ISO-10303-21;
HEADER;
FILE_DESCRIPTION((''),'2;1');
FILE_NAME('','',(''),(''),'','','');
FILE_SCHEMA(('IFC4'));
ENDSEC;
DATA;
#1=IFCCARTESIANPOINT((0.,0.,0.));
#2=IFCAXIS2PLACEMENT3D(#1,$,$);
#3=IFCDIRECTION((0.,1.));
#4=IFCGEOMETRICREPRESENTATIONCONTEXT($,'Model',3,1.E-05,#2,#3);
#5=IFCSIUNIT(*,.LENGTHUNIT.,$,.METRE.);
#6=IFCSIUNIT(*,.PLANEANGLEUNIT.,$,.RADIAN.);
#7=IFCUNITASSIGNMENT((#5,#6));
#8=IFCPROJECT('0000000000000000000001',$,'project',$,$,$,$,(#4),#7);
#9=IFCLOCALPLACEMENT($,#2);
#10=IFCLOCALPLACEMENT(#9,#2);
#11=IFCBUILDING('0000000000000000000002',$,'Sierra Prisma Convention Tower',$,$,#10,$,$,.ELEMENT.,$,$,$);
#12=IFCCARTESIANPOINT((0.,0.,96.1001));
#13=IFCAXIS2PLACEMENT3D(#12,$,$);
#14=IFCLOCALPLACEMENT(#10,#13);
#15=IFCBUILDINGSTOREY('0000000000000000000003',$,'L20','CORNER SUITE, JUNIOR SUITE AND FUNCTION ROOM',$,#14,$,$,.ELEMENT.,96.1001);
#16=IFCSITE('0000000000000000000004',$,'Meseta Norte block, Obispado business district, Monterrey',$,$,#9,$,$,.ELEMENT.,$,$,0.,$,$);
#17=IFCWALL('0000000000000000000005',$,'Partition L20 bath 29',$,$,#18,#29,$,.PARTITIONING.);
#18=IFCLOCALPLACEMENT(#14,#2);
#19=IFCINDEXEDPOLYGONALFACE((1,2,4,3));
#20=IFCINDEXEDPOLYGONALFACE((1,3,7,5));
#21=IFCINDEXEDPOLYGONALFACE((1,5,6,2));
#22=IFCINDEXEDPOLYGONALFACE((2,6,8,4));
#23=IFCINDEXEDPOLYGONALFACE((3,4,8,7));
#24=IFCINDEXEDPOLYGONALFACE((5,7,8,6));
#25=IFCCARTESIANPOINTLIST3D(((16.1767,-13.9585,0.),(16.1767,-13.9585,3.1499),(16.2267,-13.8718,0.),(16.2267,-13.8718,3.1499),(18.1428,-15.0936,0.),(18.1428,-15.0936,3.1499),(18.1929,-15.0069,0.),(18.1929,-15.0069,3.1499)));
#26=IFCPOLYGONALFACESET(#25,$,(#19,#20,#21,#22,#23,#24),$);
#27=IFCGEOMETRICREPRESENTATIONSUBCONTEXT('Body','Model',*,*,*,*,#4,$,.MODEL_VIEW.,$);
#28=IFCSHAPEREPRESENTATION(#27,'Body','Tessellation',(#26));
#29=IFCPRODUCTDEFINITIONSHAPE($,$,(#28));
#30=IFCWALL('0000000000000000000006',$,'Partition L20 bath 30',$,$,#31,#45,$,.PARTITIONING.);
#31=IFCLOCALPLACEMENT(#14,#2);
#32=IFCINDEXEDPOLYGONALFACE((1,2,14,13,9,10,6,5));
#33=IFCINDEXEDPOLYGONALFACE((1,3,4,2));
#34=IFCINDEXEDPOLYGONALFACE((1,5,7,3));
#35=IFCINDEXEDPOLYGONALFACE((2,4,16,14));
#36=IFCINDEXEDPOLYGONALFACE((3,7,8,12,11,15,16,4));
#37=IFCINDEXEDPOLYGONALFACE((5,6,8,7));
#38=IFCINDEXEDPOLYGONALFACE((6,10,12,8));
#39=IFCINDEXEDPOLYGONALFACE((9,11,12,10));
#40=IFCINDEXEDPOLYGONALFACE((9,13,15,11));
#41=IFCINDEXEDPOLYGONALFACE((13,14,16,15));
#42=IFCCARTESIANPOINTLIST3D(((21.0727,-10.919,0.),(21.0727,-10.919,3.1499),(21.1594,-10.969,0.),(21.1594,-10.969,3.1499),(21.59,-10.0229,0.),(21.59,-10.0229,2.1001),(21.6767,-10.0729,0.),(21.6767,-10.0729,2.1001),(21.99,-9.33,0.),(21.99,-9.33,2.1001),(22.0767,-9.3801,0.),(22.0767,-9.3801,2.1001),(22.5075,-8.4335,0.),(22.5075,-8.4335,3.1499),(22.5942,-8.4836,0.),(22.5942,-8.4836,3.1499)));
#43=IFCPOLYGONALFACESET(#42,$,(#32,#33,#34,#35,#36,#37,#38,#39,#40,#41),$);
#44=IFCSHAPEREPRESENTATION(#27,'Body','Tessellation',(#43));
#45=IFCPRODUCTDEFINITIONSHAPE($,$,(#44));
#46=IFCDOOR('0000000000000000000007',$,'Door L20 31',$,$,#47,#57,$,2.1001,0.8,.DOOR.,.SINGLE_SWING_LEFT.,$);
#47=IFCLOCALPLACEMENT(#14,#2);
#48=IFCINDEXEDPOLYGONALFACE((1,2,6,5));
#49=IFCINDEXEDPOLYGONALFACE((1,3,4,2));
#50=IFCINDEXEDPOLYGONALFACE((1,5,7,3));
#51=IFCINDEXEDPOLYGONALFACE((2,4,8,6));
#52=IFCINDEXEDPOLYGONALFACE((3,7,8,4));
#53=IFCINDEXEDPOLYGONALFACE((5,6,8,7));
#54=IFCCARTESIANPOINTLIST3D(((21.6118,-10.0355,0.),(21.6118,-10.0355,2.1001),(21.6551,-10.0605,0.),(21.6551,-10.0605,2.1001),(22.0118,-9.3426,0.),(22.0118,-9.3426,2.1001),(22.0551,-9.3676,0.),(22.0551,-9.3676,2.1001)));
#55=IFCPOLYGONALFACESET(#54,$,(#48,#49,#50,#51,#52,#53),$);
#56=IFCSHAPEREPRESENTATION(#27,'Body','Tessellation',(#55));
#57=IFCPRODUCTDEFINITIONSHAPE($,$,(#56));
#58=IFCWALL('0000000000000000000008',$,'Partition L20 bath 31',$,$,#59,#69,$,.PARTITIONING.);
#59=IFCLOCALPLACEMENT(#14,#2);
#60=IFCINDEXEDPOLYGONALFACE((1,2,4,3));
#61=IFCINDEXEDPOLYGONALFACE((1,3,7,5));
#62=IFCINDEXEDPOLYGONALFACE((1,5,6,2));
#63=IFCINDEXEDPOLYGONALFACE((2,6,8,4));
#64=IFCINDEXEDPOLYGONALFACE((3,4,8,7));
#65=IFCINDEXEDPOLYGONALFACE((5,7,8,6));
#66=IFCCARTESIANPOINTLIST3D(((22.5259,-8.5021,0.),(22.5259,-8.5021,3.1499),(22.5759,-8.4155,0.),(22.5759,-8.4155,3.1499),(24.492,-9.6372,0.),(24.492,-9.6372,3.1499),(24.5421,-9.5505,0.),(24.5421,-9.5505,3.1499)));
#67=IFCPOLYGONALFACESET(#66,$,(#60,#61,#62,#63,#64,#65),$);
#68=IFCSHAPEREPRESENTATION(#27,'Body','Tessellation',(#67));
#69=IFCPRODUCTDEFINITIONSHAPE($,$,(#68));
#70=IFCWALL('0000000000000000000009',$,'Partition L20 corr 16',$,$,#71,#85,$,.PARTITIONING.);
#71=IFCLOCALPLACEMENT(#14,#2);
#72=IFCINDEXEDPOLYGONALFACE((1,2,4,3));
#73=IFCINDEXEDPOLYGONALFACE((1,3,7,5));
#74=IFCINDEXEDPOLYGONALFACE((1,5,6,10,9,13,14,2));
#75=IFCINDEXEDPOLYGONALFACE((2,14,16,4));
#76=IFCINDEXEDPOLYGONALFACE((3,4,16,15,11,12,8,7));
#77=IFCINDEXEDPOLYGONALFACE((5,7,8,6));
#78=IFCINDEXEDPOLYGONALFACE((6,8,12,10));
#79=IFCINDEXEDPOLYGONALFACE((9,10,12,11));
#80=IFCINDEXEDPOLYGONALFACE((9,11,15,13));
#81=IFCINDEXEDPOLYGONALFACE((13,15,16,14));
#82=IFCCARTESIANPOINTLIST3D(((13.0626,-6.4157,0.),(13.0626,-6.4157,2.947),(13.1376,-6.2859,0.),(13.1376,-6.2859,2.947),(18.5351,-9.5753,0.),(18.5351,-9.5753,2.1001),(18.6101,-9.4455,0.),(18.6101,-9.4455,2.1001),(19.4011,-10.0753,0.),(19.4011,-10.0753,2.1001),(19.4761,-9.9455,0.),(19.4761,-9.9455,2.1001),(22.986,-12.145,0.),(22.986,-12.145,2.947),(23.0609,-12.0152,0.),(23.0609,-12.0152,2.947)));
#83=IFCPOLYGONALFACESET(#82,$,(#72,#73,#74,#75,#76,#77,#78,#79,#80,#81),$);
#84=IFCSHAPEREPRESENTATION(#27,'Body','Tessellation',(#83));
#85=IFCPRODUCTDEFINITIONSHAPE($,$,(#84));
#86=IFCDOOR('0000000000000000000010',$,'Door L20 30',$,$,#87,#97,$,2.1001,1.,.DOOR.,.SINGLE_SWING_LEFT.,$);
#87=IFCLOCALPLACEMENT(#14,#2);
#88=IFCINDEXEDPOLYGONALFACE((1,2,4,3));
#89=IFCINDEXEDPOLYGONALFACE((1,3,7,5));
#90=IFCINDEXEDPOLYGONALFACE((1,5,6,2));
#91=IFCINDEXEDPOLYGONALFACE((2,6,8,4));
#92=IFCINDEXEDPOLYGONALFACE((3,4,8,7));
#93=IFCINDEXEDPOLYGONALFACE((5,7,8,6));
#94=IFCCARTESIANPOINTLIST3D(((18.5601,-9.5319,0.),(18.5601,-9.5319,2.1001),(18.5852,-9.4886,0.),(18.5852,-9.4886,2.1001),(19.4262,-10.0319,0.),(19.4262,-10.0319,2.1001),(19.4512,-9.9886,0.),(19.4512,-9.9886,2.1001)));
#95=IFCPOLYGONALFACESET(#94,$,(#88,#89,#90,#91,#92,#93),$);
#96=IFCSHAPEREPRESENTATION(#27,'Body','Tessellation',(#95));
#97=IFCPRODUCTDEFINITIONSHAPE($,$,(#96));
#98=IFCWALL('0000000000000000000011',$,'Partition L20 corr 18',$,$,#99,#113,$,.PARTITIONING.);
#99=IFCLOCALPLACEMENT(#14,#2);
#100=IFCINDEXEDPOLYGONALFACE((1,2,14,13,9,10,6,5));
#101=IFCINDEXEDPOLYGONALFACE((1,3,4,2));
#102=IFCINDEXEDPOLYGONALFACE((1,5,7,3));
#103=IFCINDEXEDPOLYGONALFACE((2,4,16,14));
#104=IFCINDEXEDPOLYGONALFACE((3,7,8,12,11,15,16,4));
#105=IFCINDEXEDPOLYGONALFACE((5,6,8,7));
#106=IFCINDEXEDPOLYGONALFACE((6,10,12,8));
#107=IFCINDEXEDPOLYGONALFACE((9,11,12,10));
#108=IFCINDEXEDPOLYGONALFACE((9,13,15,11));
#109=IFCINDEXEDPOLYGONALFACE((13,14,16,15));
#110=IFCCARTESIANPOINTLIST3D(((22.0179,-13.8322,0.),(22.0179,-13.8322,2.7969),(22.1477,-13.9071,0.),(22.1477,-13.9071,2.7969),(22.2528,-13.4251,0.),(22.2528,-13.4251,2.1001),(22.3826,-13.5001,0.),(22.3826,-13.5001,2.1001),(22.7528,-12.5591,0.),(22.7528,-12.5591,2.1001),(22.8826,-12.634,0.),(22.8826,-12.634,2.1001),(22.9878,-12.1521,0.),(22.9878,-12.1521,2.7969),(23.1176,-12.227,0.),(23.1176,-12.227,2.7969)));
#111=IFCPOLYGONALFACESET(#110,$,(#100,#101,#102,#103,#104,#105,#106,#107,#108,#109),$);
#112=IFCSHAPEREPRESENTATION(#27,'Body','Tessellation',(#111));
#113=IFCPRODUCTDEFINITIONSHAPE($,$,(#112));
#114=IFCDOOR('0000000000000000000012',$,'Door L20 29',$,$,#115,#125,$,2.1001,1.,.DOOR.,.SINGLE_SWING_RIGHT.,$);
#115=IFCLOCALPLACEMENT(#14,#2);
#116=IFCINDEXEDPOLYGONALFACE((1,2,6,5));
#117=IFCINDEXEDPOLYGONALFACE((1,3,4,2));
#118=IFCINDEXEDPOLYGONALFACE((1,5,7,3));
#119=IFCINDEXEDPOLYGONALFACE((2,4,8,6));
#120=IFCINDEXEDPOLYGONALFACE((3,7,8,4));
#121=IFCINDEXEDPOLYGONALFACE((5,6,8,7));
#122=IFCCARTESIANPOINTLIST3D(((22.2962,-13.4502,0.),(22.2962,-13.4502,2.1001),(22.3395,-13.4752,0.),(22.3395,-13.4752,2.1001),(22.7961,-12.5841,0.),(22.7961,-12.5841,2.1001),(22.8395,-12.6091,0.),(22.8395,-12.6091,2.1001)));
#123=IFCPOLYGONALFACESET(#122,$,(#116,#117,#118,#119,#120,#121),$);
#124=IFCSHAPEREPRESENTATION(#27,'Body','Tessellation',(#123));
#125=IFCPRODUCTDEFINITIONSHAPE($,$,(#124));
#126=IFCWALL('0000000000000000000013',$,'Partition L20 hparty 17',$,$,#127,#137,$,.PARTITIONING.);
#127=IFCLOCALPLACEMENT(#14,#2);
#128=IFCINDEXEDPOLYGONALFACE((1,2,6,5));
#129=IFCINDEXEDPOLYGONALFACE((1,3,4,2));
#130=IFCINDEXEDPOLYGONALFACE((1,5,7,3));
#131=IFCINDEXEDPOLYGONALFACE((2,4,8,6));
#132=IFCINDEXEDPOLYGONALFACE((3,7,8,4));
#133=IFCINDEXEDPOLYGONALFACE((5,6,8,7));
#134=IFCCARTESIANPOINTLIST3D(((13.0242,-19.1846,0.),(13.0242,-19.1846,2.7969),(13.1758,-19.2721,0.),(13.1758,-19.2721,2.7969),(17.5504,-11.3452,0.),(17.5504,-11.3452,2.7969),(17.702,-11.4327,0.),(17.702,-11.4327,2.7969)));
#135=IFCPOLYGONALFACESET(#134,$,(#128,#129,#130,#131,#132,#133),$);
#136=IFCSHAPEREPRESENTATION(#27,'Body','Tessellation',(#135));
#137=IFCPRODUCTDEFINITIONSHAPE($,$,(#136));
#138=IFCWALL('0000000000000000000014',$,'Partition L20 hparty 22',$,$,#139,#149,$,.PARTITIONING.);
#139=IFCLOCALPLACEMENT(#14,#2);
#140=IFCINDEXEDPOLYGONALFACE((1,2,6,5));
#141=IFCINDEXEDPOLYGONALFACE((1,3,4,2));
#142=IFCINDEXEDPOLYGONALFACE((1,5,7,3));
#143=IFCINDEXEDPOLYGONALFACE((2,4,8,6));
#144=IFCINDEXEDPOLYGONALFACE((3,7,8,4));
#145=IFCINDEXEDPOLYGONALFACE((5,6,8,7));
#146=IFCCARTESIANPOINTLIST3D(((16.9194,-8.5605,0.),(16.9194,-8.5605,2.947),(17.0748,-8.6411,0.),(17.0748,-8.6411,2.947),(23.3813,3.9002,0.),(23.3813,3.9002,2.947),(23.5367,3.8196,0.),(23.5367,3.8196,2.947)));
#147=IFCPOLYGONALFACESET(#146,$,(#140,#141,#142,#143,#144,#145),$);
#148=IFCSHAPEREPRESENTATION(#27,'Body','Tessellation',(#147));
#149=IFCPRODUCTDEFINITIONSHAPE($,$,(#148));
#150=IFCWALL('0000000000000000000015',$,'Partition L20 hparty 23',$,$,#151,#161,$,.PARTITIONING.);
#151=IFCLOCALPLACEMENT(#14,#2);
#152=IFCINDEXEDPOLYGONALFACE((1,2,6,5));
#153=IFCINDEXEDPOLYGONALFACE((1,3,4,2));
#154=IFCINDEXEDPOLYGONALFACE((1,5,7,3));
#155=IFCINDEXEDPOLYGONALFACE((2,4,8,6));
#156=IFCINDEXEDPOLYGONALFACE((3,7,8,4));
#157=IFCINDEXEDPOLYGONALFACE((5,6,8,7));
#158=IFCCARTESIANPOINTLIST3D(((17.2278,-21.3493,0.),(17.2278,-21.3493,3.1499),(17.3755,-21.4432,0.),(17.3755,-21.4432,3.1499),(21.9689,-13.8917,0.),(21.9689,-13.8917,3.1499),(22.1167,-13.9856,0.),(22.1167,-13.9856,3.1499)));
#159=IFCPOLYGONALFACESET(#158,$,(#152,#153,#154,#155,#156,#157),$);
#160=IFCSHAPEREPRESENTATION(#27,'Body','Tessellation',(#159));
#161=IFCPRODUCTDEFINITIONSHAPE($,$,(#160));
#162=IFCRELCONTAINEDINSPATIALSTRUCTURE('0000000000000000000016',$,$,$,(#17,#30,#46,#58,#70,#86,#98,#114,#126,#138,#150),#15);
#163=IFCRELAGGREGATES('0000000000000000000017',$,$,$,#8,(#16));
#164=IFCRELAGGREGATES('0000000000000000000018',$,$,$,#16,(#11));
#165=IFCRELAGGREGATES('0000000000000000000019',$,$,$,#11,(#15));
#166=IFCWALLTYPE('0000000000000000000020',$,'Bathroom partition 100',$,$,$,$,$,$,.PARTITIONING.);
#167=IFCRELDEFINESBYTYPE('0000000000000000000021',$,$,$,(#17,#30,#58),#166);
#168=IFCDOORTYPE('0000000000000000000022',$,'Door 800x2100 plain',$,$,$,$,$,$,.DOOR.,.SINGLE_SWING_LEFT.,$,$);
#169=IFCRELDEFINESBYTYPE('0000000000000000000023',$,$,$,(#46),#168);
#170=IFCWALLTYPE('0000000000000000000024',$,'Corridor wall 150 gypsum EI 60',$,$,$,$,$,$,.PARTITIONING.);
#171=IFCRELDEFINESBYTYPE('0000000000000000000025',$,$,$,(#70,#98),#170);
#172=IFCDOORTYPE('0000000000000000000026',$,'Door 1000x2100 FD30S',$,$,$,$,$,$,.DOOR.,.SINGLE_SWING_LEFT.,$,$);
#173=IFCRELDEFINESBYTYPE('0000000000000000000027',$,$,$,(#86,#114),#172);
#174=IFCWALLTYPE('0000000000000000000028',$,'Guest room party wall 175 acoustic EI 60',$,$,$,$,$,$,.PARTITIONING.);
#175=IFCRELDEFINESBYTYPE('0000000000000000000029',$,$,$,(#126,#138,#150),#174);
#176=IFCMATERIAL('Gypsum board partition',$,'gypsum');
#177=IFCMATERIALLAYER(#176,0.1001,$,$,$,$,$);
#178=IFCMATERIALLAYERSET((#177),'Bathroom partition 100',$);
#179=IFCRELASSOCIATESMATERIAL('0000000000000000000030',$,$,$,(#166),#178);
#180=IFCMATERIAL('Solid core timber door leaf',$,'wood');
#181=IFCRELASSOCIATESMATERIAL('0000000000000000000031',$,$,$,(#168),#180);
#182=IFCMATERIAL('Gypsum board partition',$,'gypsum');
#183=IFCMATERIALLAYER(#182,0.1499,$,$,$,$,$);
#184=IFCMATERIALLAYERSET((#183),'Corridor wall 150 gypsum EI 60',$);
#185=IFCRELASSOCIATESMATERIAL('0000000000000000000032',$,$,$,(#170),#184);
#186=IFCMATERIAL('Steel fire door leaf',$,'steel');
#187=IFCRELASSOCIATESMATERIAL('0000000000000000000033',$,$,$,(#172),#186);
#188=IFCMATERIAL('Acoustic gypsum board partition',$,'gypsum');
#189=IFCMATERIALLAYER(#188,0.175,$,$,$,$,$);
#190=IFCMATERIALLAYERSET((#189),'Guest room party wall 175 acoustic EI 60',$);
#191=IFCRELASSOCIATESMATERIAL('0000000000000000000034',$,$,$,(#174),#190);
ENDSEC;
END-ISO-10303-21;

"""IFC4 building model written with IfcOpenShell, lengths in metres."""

from ifc_helpers import new_model, si_unit, direction, frame, frame_2d, origin, place, context, subcontext, project, spatial, rectangle, extrude, material, layer, layer_set, type_object, element, fill, save


model = new_model("IFC4")

# Units and contexts
model_context = context("Model", 3, precision=1e-05, world=origin(), true_north=direction((0.0, 1.0)))
body_context = subcontext(model_context, "Body", "Model", "MODEL_VIEW")
ifc_project = project(units=[si_unit("LENGTHUNIT", "METRE"), si_unit("PLANEANGLEUNIT", "RADIAN")], contexts=[model_context])

# Site, building, storey
site_placement = place(None, origin())
site = spatial("IfcSite", under=ifc_project, at=site_placement, Name="Meseta Norte block, Obispado business district, Monterrey", CompositionType="ELEMENT", RefElevation=0.0)
building_placement = place(site_placement, origin())
building = spatial("IfcBuilding", under=site, at=building_placement, Name="Sierra Prisma Convention Tower", CompositionType="ELEMENT")
storey_placement = place(building_placement, frame((0.0, 0.0, 96.1001)))
storey = spatial("IfcBuildingStorey", under=building, at=storey_placement, Name="L20", Description="CORNER SUITE, JUNIOR SUITE AND FUNCTION ROOM", CompositionType="ELEMENT", Elevation=96.1001)

# Shared definitions
ifc_material_1 = material(Name="Gypsum board partition", Category="gypsum")
ifc_layer_1 = layer(ifc_material_1, 0.1001)
ifc_layer_set_1 = layer_set([ifc_layer_1], Name="Bathroom partition 100")
wall_type_1 = type_object("IfcWallType", Name="Bathroom partition 100", PredefinedType="PARTITIONING", material=ifc_layer_set_1)
ifc_material_2 = material(Name="Solid core timber door leaf", Category="wood")
door_type_1 = type_object("IfcDoorType", Name="Door 800x2100 plain", OperationType="SINGLE_SWING_LEFT", PredefinedType="DOOR", material=ifc_material_2)

# Wall
wall_1_placement = place(storey_placement, frame((18.168, -15.0503, 0.0), z_axis=(0.0, 0.0, 1.0), x_axis=(-0.866044, 0.499968, 0.0)))
element("IfcWall", 1, at=wall_1_placement, inside=storey, type_object=wall_type_1, Name="Partition L20 bath 29", PredefinedType="PARTITIONING", context=body_context, shape_type="SweptSolid", body=[
    extrude(rectangle(XDim=2.2703, YDim=0.1001, at=frame_2d((1.1353, 0.0))), origin(), (0.0, 0.0, 1.0), 3.1499),
])

# Wall, opening, door
wall_2_placement = place(storey_placement, frame((21.116, -10.9441, 0.0), z_axis=(0.0, 0.0, 1.0), x_axis=(0.499973, 0.866041, 0.0)))
wall_2 = element("IfcWall", 2, at=wall_2_placement, inside=storey, type_object=wall_type_1, Name="Partition L20 bath 30", PredefinedType="PARTITIONING", context=body_context, shape_type="SweptSolid", body=[
    extrude(rectangle(XDim=2.8699, YDim=0.1001, at=frame_2d((1.4351, 0.0))), origin(), (0.0, 0.0, 1.0), 3.1499),
])
opening_1_placement = place(wall_2_placement, frame((1.0349, 0.0, 0.0)))
opening_1 = element("IfcOpeningElement", 3, at=opening_1_placement, cuts=wall_2, PredefinedType="OPENING", context=body_context, shape_type="SweptSolid", body=[
    extrude(rectangle(XDim=0.8, YDim=2.1001, at=frame_2d((0.3999, 1.05))), frame((0.0, 0.05, 0.0), z_axis=(0.0, -1.0, 0.0), x_axis=(1.0, 0.0, 0.0)), (0.0, 0.0, 1.0), 0.1001),
])
door_1_placement = place(opening_1_placement, origin())
door_1 = element("IfcDoor", 4, at=door_1_placement, inside=storey, type_object=door_type_1, Name="Door L20 31", OperationType="SINGLE_SWING_LEFT", OverallHeight=2.1001, OverallWidth=0.8, PredefinedType="DOOR", context=body_context, shape_type="SweptSolid", body=[
    extrude(rectangle(XDim=0.8, YDim=2.1001, at=frame_2d((0.3999, 1.05))), frame((0.0, 0.0249, 0.0), z_axis=(0.0, -1.0, 0.0), x_axis=(1.0, 0.0, 0.0)), (0.0, 0.0, 1.0), 0.05),
])
fill(opening_1, door_1)

# Wall
wall_3_placement = place(storey_placement, frame((22.5508, -8.4587, 0.0), z_axis=(0.0, 0.0, 1.0), x_axis=(0.866044, -0.499968, 0.0)))
element("IfcWall", 5, at=wall_3_placement, inside=storey, type_object=wall_type_1, Name="Partition L20 bath 31", PredefinedType="PARTITIONING", context=body_context, shape_type="SweptSolid", body=[
    extrude(rectangle(XDim=2.2703, YDim=0.1001, at=frame_2d((1.1353, 0.0))), origin(), (0.0, 0.0, 1.0), 3.1499),
])

# Walls, openings, doors
ifc_material_3 = material(Name="Gypsum board partition", Category="gypsum")
ifc_layer_2 = layer(ifc_material_3, 0.1499)
ifc_layer_set_2 = layer_set([ifc_layer_2], Name="Corridor wall 150 gypsum EI 60")
wall_type_2 = type_object("IfcWallType", Name="Corridor wall 150 gypsum EI 60", PredefinedType="PARTITIONING", material=ifc_layer_set_2)
wall_4_placement = place(storey_placement, frame((23.0234, -12.0801, 0.0), z_axis=(0.0, 0.0, 1.0), x_axis=(-0.866025, 0.5, 0.0)))
wall_4 = element("IfcWall", 6, at=wall_4_placement, inside=storey, type_object=wall_type_2, Name="Partition L20 corr 16", PredefinedType="PARTITIONING", context=body_context, shape_type="SweptSolid", body=[
    extrude(rectangle(XDim=11.4585, YDim=0.1499, at=frame_2d((5.7292, 0.0))), origin(), (0.0, 0.0, 1.0), 2.947),
])
opening_2_placement = place(wall_4_placement, frame((4.1394, 0.0, 0.0)))
opening_2 = element("IfcOpeningElement", 7, at=opening_2_placement, cuts=wall_4, PredefinedType="OPENING", context=body_context, shape_type="SweptSolid", body=[
    extrude(rectangle(XDim=1.0, YDim=2.1001, at=frame_2d((0.5, 1.05))), frame((0.0, 0.075, 0.0), z_axis=(0.0, -1.0, 0.0), x_axis=(1.0, 0.0, 0.0)), (0.0, 0.0, 1.0), 0.1499),
])
ifc_material_4 = material(Name="Steel fire door leaf", Category="steel")
door_type_2 = type_object("IfcDoorType", Name="Door 1000x2100 FD30S", OperationType="SINGLE_SWING_LEFT", PredefinedType="DOOR", material=ifc_material_4)
door_2_placement = place(opening_2_placement, origin())
door_2 = element("IfcDoor", 8, at=door_2_placement, inside=storey, type_object=door_type_2, Name="Door L20 30", OperationType="SINGLE_SWING_LEFT", OverallHeight=2.1001, OverallWidth=1.0, PredefinedType="DOOR", context=body_context, shape_type="SweptSolid", body=[
    extrude(rectangle(XDim=1.0, YDim=2.1001, at=frame_2d((0.5, 1.05))), frame((0.0, 0.0249, 0.0), z_axis=(0.0, -1.0, 0.0), x_axis=(1.0, 0.0, 0.0)), (0.0, 0.0, 1.0), 0.05),
])
fill(opening_2, door_2)
wall_5_placement = place(storey_placement, frame((22.0828, -13.8696, 0.0), z_axis=(0.0, 0.0, 1.0), x_axis=(0.499969, 0.866043, 0.0)))
wall_5 = element("IfcWall", 9, at=wall_5_placement, inside=storey, type_object=wall_type_2, Name="Partition L20 corr 18", PredefinedType="PARTITIONING", context=body_context, shape_type="SweptSolid", body=[
    extrude(rectangle(XDim=1.9399, YDim=0.1499, at=frame_2d((0.97, 0.0))), origin(), (0.0, 0.0, 1.0), 2.7969),
])
opening_3_placement = place(wall_5_placement, frame((0.47, 0.0, 0.0)))
opening_3 = element("IfcOpeningElement", 10, at=opening_3_placement, cuts=wall_5, PredefinedType="OPENING", context=body_context, shape_type="SweptSolid", body=[
    extrude(rectangle(XDim=1.0, YDim=2.1001, at=frame_2d((0.5, 1.05))), frame((0.0, 0.075, 0.0), z_axis=(0.0, -1.0, 0.0), x_axis=(1.0, 0.0, 0.0)), (0.0, 0.0, 1.0), 0.1499),
])
door_3_placement = place(opening_3_placement, origin())
door_3 = element("IfcDoor", 11, at=door_3_placement, inside=storey, type_object=door_type_2, Name="Door L20 29", OperationType="SINGLE_SWING_RIGHT", OverallHeight=2.1001, OverallWidth=1.0, PredefinedType="DOOR", context=body_context, shape_type="SweptSolid", body=[
    extrude(rectangle(XDim=1.0, YDim=2.1001, at=frame_2d((0.5, 1.05))), frame((0.0, 0.0249, 0.0), z_axis=(0.0, -1.0, 0.0), x_axis=(1.0, 0.0, 0.0)), (0.0, 0.0, 1.0), 0.05),
])
fill(opening_3, door_3)

# Walls
ifc_material_5 = material(Name="Acoustic gypsum board partition", Category="gypsum")
ifc_layer_3 = layer(ifc_material_5, 0.175)
ifc_layer_set_3 = layer_set([ifc_layer_3], Name="Guest room party wall 175 acoustic EI 60")
wall_type_3 = type_object("IfcWallType", Name="Guest room party wall 175 acoustic EI 60", PredefinedType="PARTITIONING", material=ifc_layer_set_3)
wall_6_placement = place(storey_placement, frame((17.6262, -11.3889, 0.0), z_axis=(0.0, 0.0, 1.0), x_axis=(-0.500006, -0.866022, 0.0)))
element("IfcWall", 12, at=wall_6_placement, inside=storey, type_object=wall_type_3, Name="Partition L20 hparty 17", PredefinedType="PARTITIONING", context=body_context, shape_type="SweptSolid", body=[
    extrude(rectangle(XDim=9.0522, YDim=0.175, at=frame_2d((4.5261, 0.0))), origin(), (0.0, 0.0, 1.0), 2.7969),
])
wall_7_placement = place(storey_placement, frame((16.9971, -8.6008, 0.0), z_axis=(0.0, 0.0, 1.0), x_axis=(0.460363, 0.887731, 0.0)))
element("IfcWall", 13, at=wall_7_placement, inside=storey, type_object=wall_type_3, Name="Partition L20 hparty 22", PredefinedType="PARTITIONING", context=body_context, shape_type="SweptSolid", body=[
    extrude(rectangle(XDim=14.0366, YDim=0.175, at=frame_2d((7.0183, 0.0))), origin(), (0.0, 0.0, 1.0), 2.947),
])
wall_8_placement = place(storey_placement, frame((22.0427, -13.9387, 0.0), z_axis=(0.0, 0.0, 1.0), x_axis=(-0.536502, -0.843899, 0.0)))
element("IfcWall", 14, at=wall_8_placement, inside=storey, type_object=wall_type_3, Name="Partition L20 hparty 23", PredefinedType="PARTITIONING", context=body_context, shape_type="SweptSolid", body=[
    extrude(rectangle(XDim=8.8372, YDim=0.175, at=frame_2d((4.4185, 0.0))), origin(), (0.0, 0.0, 1.0), 3.1499),
])

save(model, "model.ifc")
